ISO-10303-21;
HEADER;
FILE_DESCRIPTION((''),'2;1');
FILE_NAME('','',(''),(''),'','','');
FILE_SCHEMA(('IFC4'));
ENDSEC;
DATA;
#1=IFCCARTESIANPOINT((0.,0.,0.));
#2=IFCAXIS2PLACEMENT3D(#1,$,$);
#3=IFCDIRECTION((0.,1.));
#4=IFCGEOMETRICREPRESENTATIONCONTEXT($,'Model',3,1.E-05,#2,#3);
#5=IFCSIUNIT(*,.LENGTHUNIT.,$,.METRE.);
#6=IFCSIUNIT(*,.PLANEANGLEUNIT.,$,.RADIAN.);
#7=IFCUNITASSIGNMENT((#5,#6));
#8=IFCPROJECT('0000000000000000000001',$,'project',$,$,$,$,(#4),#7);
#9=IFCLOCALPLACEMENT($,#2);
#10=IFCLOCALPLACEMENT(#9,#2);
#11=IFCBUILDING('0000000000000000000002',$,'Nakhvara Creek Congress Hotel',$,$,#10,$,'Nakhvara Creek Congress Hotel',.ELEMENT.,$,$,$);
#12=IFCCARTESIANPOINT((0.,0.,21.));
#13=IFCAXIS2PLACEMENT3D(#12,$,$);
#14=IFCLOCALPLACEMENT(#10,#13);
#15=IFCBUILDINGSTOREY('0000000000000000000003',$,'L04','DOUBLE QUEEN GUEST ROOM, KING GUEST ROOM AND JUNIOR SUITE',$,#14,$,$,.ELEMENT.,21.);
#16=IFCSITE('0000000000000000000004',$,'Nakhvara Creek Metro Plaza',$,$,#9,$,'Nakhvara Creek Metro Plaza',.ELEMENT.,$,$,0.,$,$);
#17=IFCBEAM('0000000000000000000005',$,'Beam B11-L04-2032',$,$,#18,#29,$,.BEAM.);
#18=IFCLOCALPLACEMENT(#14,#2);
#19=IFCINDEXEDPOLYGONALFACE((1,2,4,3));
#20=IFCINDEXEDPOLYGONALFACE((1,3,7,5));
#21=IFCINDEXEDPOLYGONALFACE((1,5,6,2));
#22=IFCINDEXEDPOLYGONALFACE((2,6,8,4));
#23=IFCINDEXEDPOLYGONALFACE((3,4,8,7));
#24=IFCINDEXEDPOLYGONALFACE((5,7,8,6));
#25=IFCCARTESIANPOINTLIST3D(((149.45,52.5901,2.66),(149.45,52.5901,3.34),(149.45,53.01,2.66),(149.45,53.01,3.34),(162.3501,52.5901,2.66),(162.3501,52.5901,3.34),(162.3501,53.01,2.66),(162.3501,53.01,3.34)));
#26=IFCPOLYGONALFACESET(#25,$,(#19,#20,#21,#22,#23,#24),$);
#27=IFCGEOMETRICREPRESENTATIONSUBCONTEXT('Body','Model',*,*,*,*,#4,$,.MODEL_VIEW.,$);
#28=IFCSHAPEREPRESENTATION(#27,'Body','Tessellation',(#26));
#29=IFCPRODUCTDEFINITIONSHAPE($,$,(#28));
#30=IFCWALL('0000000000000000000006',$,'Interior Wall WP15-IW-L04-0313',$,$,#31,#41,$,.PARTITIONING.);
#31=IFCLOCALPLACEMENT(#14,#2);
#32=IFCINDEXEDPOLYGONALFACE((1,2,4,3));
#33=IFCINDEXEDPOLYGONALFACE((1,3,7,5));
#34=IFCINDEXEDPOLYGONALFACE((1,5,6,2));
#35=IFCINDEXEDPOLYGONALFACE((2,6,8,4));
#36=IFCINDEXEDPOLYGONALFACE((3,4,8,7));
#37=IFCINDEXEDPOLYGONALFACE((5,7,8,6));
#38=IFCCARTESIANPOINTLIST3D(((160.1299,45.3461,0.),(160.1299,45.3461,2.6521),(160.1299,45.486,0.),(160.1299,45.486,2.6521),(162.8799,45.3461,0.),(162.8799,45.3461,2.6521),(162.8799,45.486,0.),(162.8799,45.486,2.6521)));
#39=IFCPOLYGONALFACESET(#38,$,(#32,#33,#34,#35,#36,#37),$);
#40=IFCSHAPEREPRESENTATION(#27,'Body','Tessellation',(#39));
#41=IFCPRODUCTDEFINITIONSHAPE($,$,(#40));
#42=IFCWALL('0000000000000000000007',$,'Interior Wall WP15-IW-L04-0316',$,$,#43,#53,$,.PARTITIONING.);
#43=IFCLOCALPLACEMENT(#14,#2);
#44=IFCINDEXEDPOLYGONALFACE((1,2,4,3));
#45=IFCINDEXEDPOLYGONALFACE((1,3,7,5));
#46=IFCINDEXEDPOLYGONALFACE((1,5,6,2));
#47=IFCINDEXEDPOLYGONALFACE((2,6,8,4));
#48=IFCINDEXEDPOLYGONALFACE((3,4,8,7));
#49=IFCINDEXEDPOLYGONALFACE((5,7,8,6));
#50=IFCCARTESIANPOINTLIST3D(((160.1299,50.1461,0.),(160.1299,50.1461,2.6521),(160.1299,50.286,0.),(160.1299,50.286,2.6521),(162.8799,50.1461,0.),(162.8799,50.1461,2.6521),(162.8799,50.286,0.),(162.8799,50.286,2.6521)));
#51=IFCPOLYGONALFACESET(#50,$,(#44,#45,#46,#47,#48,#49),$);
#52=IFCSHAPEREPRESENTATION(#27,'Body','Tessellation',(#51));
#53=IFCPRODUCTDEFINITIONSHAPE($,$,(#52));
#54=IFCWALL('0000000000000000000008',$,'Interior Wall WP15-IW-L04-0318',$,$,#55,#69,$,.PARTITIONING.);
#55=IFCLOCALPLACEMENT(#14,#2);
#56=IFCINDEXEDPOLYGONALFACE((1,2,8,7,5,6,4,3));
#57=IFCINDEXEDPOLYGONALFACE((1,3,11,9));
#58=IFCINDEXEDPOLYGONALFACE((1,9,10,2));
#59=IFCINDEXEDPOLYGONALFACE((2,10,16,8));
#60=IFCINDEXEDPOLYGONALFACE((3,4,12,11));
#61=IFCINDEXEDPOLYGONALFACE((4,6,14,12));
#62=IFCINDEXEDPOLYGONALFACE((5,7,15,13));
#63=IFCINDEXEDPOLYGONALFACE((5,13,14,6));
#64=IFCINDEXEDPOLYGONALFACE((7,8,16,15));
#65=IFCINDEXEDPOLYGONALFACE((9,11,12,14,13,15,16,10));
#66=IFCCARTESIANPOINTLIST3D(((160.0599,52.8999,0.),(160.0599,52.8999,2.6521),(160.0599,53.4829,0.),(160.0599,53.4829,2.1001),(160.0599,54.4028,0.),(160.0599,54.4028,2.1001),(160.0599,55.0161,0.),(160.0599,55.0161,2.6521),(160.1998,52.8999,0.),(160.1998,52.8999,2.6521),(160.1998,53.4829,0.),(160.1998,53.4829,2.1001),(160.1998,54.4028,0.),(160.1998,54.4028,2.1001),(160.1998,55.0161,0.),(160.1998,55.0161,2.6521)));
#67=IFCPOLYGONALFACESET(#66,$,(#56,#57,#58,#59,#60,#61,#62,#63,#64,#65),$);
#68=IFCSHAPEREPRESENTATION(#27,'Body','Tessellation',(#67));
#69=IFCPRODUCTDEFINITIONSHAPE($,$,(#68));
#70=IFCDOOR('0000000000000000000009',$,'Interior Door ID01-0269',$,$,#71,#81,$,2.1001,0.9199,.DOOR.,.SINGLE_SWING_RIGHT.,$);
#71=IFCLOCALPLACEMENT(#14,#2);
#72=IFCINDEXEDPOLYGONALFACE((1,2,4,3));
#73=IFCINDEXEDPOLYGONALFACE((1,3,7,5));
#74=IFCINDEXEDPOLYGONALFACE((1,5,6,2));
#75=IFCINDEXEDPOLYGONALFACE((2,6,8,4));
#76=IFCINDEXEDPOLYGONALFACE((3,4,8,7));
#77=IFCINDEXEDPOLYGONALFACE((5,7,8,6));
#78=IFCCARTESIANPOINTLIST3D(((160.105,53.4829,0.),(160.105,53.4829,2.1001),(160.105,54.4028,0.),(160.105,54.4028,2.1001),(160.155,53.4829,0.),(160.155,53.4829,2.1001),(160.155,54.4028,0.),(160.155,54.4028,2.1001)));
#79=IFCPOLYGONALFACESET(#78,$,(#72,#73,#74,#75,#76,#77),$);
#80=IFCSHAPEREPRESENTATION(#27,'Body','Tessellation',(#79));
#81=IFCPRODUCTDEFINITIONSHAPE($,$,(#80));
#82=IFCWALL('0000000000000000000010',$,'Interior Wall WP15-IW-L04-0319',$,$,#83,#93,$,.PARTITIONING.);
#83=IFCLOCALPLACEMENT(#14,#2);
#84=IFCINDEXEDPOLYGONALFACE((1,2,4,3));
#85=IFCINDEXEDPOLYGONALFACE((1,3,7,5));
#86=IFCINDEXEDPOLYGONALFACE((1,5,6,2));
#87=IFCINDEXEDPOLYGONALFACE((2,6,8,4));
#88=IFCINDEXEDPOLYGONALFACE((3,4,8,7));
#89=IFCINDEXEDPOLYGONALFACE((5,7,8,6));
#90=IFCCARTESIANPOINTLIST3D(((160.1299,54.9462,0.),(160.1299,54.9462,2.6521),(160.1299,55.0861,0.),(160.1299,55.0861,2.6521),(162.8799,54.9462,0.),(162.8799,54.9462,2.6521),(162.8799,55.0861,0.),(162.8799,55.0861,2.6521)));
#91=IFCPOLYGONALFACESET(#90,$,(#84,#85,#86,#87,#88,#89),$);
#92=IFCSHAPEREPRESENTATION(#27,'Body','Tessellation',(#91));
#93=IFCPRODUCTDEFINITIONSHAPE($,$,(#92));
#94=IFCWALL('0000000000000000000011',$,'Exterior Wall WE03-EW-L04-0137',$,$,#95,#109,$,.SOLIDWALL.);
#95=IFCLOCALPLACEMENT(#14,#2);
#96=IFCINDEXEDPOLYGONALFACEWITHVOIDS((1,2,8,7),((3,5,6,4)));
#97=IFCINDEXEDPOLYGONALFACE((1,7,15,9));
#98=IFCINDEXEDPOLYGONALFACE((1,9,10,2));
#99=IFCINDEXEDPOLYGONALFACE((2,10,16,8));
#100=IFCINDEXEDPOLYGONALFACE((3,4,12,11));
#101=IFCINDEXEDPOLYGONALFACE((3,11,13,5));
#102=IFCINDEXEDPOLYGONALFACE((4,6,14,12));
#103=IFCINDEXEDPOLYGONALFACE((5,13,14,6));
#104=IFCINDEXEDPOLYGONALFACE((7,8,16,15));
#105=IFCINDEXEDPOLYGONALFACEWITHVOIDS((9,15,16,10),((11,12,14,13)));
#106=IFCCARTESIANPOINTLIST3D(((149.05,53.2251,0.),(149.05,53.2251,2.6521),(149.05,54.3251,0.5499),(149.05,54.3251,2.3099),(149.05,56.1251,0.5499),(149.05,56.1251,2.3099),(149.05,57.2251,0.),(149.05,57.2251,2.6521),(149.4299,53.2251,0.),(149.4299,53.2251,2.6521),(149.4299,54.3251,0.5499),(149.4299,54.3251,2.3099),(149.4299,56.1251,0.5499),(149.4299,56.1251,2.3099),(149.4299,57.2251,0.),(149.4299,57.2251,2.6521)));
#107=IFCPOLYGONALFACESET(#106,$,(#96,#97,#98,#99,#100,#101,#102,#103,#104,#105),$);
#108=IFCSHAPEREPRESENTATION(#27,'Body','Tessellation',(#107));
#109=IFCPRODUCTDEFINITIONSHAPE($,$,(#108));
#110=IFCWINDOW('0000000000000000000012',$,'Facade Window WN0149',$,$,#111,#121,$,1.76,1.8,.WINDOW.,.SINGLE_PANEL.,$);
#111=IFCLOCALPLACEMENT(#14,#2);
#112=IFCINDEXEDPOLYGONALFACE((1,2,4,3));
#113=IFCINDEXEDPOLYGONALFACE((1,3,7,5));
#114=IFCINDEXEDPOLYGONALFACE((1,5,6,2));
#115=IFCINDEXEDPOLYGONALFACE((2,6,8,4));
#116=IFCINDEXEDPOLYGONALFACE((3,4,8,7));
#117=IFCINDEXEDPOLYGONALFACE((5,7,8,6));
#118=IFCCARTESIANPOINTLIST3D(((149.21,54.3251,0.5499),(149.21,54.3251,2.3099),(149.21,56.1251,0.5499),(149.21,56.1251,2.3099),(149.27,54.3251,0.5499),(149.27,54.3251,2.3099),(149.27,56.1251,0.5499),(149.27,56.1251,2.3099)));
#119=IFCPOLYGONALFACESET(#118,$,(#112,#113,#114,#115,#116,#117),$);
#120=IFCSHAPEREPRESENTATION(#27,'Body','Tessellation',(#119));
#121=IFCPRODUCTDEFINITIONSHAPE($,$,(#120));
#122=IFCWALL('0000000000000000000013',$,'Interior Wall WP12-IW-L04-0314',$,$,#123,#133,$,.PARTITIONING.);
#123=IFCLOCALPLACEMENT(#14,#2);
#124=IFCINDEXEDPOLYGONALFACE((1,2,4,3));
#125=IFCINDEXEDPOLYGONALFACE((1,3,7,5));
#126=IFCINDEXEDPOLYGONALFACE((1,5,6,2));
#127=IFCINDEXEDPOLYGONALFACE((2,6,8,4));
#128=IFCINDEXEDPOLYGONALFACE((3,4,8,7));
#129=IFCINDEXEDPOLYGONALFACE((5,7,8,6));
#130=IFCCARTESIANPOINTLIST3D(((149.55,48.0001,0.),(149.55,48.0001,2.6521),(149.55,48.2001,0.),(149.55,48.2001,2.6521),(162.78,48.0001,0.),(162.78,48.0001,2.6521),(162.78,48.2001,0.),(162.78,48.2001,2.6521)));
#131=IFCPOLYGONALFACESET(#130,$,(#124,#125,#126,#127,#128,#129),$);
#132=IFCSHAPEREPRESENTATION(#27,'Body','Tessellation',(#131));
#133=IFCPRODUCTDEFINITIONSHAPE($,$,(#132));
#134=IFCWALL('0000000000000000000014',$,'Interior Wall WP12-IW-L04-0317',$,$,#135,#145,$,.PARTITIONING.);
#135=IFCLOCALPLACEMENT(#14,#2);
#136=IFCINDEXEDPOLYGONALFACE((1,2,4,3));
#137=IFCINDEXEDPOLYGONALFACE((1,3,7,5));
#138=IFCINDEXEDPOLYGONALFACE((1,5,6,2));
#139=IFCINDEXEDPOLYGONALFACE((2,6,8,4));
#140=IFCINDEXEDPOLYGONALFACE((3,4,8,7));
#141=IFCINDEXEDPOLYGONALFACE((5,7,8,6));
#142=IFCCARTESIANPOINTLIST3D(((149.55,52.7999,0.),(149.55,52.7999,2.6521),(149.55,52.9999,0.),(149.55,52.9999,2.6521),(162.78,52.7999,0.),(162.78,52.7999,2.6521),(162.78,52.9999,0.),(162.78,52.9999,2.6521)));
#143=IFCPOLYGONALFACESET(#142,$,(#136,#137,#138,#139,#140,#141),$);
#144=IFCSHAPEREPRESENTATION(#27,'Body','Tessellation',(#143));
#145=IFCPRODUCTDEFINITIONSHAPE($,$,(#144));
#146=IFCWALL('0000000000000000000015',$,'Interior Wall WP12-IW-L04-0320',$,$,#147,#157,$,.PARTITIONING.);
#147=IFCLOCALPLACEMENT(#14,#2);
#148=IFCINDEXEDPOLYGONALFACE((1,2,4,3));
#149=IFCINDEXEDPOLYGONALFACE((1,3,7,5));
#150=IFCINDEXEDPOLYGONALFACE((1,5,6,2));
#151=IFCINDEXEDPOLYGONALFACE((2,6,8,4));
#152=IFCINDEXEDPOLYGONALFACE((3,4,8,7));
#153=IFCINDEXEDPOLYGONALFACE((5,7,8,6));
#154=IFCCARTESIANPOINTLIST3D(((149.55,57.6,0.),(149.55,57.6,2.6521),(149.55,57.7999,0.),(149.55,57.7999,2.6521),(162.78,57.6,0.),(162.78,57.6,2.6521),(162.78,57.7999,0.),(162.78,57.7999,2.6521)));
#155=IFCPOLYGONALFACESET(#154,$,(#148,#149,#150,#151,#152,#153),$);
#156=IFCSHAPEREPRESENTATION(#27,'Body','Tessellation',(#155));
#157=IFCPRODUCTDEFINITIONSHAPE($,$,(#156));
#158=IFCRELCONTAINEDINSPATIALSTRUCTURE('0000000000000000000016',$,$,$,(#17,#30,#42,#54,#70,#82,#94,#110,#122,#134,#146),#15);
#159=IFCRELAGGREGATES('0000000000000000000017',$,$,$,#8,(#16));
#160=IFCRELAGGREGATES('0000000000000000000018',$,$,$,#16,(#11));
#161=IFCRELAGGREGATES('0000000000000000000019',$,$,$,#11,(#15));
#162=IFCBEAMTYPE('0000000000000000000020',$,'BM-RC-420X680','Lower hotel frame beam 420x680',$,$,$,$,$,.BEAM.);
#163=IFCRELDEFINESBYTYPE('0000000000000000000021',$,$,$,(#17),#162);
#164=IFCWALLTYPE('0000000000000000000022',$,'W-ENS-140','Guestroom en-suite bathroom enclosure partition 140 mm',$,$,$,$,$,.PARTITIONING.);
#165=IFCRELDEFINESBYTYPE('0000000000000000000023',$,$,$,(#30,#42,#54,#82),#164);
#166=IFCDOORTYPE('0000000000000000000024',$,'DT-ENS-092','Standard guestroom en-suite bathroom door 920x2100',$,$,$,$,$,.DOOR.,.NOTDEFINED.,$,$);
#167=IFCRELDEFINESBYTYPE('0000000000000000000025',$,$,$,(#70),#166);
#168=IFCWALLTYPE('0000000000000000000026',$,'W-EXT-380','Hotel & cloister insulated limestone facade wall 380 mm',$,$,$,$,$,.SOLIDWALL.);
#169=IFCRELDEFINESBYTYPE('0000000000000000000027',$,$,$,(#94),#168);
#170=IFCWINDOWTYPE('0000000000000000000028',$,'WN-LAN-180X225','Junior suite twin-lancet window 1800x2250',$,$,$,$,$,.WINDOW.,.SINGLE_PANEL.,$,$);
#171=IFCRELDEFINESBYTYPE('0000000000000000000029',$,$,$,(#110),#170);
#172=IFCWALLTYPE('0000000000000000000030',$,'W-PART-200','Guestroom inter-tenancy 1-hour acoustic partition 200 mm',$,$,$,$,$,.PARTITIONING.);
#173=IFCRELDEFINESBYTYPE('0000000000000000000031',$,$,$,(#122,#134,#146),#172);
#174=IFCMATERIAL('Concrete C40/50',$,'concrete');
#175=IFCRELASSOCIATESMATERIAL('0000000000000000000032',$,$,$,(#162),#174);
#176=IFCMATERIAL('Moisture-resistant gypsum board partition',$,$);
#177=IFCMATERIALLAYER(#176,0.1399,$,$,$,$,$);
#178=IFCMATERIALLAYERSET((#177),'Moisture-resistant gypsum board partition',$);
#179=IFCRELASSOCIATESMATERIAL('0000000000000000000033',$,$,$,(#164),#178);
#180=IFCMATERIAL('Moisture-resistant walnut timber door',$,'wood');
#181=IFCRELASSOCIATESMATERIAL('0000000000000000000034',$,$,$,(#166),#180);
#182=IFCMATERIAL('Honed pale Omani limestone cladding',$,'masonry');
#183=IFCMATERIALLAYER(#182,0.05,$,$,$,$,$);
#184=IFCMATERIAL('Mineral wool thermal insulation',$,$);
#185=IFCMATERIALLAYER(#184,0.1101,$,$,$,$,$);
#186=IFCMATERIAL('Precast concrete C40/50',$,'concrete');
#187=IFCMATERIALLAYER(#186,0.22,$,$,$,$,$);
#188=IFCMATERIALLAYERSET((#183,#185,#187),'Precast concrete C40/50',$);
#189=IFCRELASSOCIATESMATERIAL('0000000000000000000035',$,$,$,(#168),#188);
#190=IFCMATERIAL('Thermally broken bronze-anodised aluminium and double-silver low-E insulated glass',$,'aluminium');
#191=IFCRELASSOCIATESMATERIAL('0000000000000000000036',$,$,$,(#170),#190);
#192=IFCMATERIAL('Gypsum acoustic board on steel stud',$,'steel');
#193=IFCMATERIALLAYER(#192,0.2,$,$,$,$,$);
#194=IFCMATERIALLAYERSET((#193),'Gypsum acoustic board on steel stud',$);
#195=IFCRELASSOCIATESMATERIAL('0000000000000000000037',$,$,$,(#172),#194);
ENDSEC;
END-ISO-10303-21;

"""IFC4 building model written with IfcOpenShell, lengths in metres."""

from ifc_helpers import new_model, si_unit, direction, frame, frame_2d, origin, origin_2d, place, context, subcontext, project, spatial, rectangle, extrude, material, layer, layer_set, material_profile, profile_set, type_object, element, fill, save


model = new_model("IFC4")

# Units and contexts
model_context = context("Model", 3, precision=1e-05, world=origin(), true_north=direction((0.0, 1.0)))
body_context = subcontext(model_context, "Body", "Model", "MODEL_VIEW")
ifc_project = project(units=[si_unit("LENGTHUNIT", "METRE"), si_unit("PLANEANGLEUNIT", "RADIAN")], contexts=[model_context])

# Site, building, storey
site_placement = place(None, origin())
site = spatial("IfcSite", under=ifc_project, at=site_placement, Name="Nakhvara Creek Metro Plaza", LongName="Nakhvara Creek Metro Plaza", CompositionType="ELEMENT", RefElevation=0.0)
building_placement = place(site_placement, origin())
building = spatial("IfcBuilding", under=site, at=building_placement, Name="Nakhvara Creek Congress Hotel", LongName="Nakhvara Creek Congress Hotel", CompositionType="ELEMENT")
storey_placement = place(building_placement, frame((0.0, 0.0, 21.0)))
storey = spatial("IfcBuildingStorey", under=building, at=storey_placement, Name="L04", Description="DOUBLE QUEEN GUEST ROOM, KING GUEST ROOM AND JUNIOR SUITE", CompositionType="ELEMENT", Elevation=21.0)

# Beam
ifc_material_1 = material(Name="Concrete C40/50", Category="concrete")
ifc_material_profile_1 = material_profile(ifc_material_1, rectangle(XDim=0.4199, YDim=0.6799, at=origin_2d()), Name="RC-BM 420x680", Category="LoadBearing")
ifc_profile_set_1 = profile_set([ifc_material_profile_1], Name="Concrete C40/50")
beam_type = type_object("IfcBeamType", Name="BM-RC-420X680", Description="Lower hotel frame beam 420x680", PredefinedType="BEAM", material=ifc_profile_set_1)
beam_1_placement = place(storey_placement, frame((149.45, 52.8, 3.0), z_axis=(1.0, 0.0, 0.0), x_axis=(0.0, 1.0, 0.0)))
element("IfcBeam", 1, at=beam_1_placement, inside=storey, type_object=beam_type, Name="Beam B11-L04-2032", PredefinedType="BEAM", context=body_context, shape_type="SweptSolid", body=[
    extrude(rectangle(XDim=0.4199, YDim=0.6799, at=origin_2d()), origin(), (0.0, 0.0, 1.0), 12.9001),
])

# Shared definitions
ifc_material_2 = material(Name="Moisture-resistant gypsum board partition")
ifc_layer_1 = layer(ifc_material_2, 0.1399)
ifc_layer_set_1 = layer_set([ifc_layer_1], Name="Moisture-resistant gypsum board partition")
wall_type_1 = type_object("IfcWallType", Name="W-ENS-140", Description="Guestroom en-suite bathroom enclosure partition 140 mm", PredefinedType="PARTITIONING", material=ifc_layer_set_1)
ifc_material_3 = material(Name="Moisture-resistant walnut timber door", Category="wood")

# Wall
wall_1_placement = place(storey_placement, frame((160.1299, 45.416, 0.0), z_axis=(0.0, 0.0, 1.0), x_axis=(1.0, 0.0, 0.0)))
element("IfcWall", 2, at=wall_1_placement, inside=storey, type_object=wall_type_1, Name="Interior Wall WP15-IW-L04-0313", PredefinedType="PARTITIONING", context=body_context, shape_type="SweptSolid", body=[
    extrude(rectangle(XDim=2.75, YDim=0.1399, at=frame_2d((1.375, 0.0))), origin(), (0.0, 0.0, 1.0), 2.6521),
])

# Wall
wall_2_placement = place(storey_placement, frame((160.1299, 50.2161, 0.0), z_axis=(0.0, 0.0, 1.0), x_axis=(1.0, 0.0, 0.0)))
element("IfcWall", 3, at=wall_2_placement, inside=storey, type_object=wall_type_1, Name="Interior Wall WP15-IW-L04-0316", PredefinedType="PARTITIONING", context=body_context, shape_type="SweptSolid", body=[
    extrude(rectangle(XDim=2.75, YDim=0.1399, at=frame_2d((1.375, 0.0))), origin(), (0.0, 0.0, 1.0), 2.6521),
])

# Wall, opening, door
wall_3_placement = place(storey_placement, frame((160.1299, 52.8999, 0.0), z_axis=(0.0, 0.0, 1.0), x_axis=(0.0, 1.0, 0.0)))
wall_3 = element("IfcWall", 4, at=wall_3_placement, inside=storey, type_object=wall_type_1, Name="Interior Wall WP15-IW-L04-0318", PredefinedType="PARTITIONING", context=body_context, shape_type="SweptSolid", body=[
    extrude(rectangle(XDim=2.1162, YDim=0.1399, at=frame_2d((1.0581, 0.0))), origin(), (0.0, 0.0, 1.0), 2.6521),
])
opening_1_placement = place(wall_3_placement, frame((0.583, 0.0, 0.0)))
opening_1 = element("IfcOpeningElement", 5, at=opening_1_placement, cuts=wall_3, PredefinedType="OPENING", context=body_context, shape_type="SweptSolid", body=[
    extrude(rectangle(XDim=0.9199, YDim=2.1001, at=frame_2d((0.46, 1.05))), frame((0.0, 0.082, 0.0), z_axis=(0.0, -1.0, 0.0), x_axis=(1.0, 0.0, 0.0)), (0.0, 0.0, 1.0), 0.1638),
])
door_type_1 = type_object("IfcDoorType", Name="DT-ENS-092", Description="Standard guestroom en-suite bathroom door 920x2100", OperationType="NOTDEFINED", PredefinedType="DOOR", material=ifc_material_3)
door_1_placement = place(opening_1_placement, origin())
door_1 = element("IfcDoor", 6, at=door_1_placement, inside=storey, type_object=door_type_1, Name="Interior Door ID01-0269", OperationType="SINGLE_SWING_RIGHT", OverallHeight=2.1001, OverallWidth=0.9199, PredefinedType="DOOR", context=body_context, shape_type="SweptSolid", body=[
    extrude(rectangle(XDim=0.9199, YDim=2.1001, at=frame_2d((0.46, 1.05))), frame((0.0, 0.0249, 0.0), z_axis=(0.0, -1.0, 0.0), x_axis=(1.0, 0.0, 0.0)), (0.0, 0.0, 1.0), 0.05),
])
fill(opening_1, door_1)

# Wall
wall_4_placement = place(storey_placement, frame((160.1299, 55.0161, 0.0), z_axis=(0.0, 0.0, 1.0), x_axis=(1.0, 0.0, 0.0)))
element("IfcWall", 7, at=wall_4_placement, inside=storey, type_object=wall_type_1, Name="Interior Wall WP15-IW-L04-0319", PredefinedType="PARTITIONING", context=body_context, shape_type="SweptSolid", body=[
    extrude(rectangle(XDim=2.75, YDim=0.1399, at=frame_2d((1.375, 0.0))), origin(), (0.0, 0.0, 1.0), 2.6521),
])

# Wall, opening, window
ifc_material_4 = material(Name="Honed pale Omani limestone cladding", Category="masonry")
ifc_layer_2 = layer(ifc_material_4, 0.05)
ifc_material_5 = material(Name="Mineral wool thermal insulation")
ifc_layer_3 = layer(ifc_material_5, 0.1101)
ifc_material_6 = material(Name="Precast concrete C40/50", Category="concrete")
ifc_layer_4 = layer(ifc_material_6, 0.22)
ifc_layer_set_2 = layer_set([ifc_layer_2, ifc_layer_3, ifc_layer_4], Name="Precast concrete C40/50")
wall_type_2 = type_object("IfcWallType", Name="W-EXT-380", Description="Hotel & cloister insulated limestone facade wall 380 mm", PredefinedType="SOLIDWALL", material=ifc_layer_set_2)
wall_5_placement = place(storey_placement, frame((149.24, 53.2251, 0.0), z_axis=(0.0, 0.0, 1.0), x_axis=(0.0, 1.0, 0.0)))
wall_5 = element("IfcWall", 8, at=wall_5_placement, inside=storey, type_object=wall_type_2, Name="Exterior Wall WE03-EW-L04-0137", PredefinedType="SOLIDWALL", context=body_context, shape_type="SweptSolid", body=[
    extrude(rectangle(XDim=4.0, YDim=0.3799, at=frame_2d((2.0, 0.0))), origin(), (0.0, 0.0, 1.0), 2.6521),
])
opening_2_placement = place(wall_5_placement, frame((1.1001, 0.0, 0.55)))
opening_2 = element("IfcOpeningElement", 9, at=opening_2_placement, cuts=wall_5, PredefinedType="OPENING", context=body_context, shape_type="SweptSolid", body=[
    extrude(rectangle(XDim=1.8, YDim=1.76, at=frame_2d((0.8999, 0.8799))), frame((0.0, 0.2019, 0.0), z_axis=(0.0, -1.0, 0.0), x_axis=(1.0, 0.0, 0.0)), (0.0, 0.0, 1.0), 0.4038),
])
ifc_material_7 = material(Name="Thermally broken bronze-anodised aluminium and double-silver low-E insulated glass", Category="aluminium")
window_type = type_object("IfcWindowType", Name="WN-LAN-180X225", Description="Junior suite twin-lancet window 1800x2250", PartitioningType="SINGLE_PANEL", PredefinedType="WINDOW", material=ifc_material_7)
window_placement = place(opening_2_placement, origin())
window = element("IfcWindow", 10, at=window_placement, inside=storey, type_object=window_type, Name="Facade Window WN0149", OverallHeight=1.76, OverallWidth=1.8, PartitioningType="SINGLE_PANEL", PredefinedType="WINDOW", context=body_context, shape_type="SweptSolid", body=[
    extrude(rectangle(XDim=1.8, YDim=1.76, at=frame_2d((0.8999, 0.8799))), frame((0.0, 0.03, 0.0), z_axis=(0.0, -1.0, 0.0), x_axis=(1.0, 0.0, 0.0)), (0.0, 0.0, 1.0), 0.0601),
])
fill(opening_2, window)

# Walls
ifc_material_8 = material(Name="Gypsum acoustic board on steel stud", Category="steel")
ifc_layer_5 = layer(ifc_material_8, 0.2)
ifc_layer_set_3 = layer_set([ifc_layer_5], Name="Gypsum acoustic board on steel stud")
wall_type_3 = type_object("IfcWallType", Name="W-PART-200", Description="Guestroom inter-tenancy 1-hour acoustic partition 200 mm", PredefinedType="PARTITIONING", material=ifc_layer_set_3)
for number, where, z_axis, x_axis, name in (
    (11, (149.55, 48.1001, 0.0), (0.0, 0.0, 1.0), (1.0, 0.0, 0.0), "Interior Wall WP12-IW-L04-0314"),
    (12, (149.55, 52.8999, 0.0), (0.0, 0.0, 1.0), (1.0, 0.0, 0.0), "Interior Wall WP12-IW-L04-0317"),
    (13, (149.55, 57.7, 0.0), (0.0, 0.0, 1.0), (1.0, 0.0, 0.0), "Interior Wall WP12-IW-L04-0320"),
):
    element("IfcWall", number, at=place(storey_placement, frame(where, z_axis=z_axis, x_axis=x_axis)), inside=storey, type_object=wall_type_3, Name=name, PredefinedType="PARTITIONING", context=body_context, shape_type="SweptSolid", body=[
        extrude(rectangle(XDim=13.23, YDim=0.2, at=frame_2d((6.615, 0.0))), origin(), (0.0, 0.0, 1.0), 2.6521),
    ])

save(model, "model.ifc")
